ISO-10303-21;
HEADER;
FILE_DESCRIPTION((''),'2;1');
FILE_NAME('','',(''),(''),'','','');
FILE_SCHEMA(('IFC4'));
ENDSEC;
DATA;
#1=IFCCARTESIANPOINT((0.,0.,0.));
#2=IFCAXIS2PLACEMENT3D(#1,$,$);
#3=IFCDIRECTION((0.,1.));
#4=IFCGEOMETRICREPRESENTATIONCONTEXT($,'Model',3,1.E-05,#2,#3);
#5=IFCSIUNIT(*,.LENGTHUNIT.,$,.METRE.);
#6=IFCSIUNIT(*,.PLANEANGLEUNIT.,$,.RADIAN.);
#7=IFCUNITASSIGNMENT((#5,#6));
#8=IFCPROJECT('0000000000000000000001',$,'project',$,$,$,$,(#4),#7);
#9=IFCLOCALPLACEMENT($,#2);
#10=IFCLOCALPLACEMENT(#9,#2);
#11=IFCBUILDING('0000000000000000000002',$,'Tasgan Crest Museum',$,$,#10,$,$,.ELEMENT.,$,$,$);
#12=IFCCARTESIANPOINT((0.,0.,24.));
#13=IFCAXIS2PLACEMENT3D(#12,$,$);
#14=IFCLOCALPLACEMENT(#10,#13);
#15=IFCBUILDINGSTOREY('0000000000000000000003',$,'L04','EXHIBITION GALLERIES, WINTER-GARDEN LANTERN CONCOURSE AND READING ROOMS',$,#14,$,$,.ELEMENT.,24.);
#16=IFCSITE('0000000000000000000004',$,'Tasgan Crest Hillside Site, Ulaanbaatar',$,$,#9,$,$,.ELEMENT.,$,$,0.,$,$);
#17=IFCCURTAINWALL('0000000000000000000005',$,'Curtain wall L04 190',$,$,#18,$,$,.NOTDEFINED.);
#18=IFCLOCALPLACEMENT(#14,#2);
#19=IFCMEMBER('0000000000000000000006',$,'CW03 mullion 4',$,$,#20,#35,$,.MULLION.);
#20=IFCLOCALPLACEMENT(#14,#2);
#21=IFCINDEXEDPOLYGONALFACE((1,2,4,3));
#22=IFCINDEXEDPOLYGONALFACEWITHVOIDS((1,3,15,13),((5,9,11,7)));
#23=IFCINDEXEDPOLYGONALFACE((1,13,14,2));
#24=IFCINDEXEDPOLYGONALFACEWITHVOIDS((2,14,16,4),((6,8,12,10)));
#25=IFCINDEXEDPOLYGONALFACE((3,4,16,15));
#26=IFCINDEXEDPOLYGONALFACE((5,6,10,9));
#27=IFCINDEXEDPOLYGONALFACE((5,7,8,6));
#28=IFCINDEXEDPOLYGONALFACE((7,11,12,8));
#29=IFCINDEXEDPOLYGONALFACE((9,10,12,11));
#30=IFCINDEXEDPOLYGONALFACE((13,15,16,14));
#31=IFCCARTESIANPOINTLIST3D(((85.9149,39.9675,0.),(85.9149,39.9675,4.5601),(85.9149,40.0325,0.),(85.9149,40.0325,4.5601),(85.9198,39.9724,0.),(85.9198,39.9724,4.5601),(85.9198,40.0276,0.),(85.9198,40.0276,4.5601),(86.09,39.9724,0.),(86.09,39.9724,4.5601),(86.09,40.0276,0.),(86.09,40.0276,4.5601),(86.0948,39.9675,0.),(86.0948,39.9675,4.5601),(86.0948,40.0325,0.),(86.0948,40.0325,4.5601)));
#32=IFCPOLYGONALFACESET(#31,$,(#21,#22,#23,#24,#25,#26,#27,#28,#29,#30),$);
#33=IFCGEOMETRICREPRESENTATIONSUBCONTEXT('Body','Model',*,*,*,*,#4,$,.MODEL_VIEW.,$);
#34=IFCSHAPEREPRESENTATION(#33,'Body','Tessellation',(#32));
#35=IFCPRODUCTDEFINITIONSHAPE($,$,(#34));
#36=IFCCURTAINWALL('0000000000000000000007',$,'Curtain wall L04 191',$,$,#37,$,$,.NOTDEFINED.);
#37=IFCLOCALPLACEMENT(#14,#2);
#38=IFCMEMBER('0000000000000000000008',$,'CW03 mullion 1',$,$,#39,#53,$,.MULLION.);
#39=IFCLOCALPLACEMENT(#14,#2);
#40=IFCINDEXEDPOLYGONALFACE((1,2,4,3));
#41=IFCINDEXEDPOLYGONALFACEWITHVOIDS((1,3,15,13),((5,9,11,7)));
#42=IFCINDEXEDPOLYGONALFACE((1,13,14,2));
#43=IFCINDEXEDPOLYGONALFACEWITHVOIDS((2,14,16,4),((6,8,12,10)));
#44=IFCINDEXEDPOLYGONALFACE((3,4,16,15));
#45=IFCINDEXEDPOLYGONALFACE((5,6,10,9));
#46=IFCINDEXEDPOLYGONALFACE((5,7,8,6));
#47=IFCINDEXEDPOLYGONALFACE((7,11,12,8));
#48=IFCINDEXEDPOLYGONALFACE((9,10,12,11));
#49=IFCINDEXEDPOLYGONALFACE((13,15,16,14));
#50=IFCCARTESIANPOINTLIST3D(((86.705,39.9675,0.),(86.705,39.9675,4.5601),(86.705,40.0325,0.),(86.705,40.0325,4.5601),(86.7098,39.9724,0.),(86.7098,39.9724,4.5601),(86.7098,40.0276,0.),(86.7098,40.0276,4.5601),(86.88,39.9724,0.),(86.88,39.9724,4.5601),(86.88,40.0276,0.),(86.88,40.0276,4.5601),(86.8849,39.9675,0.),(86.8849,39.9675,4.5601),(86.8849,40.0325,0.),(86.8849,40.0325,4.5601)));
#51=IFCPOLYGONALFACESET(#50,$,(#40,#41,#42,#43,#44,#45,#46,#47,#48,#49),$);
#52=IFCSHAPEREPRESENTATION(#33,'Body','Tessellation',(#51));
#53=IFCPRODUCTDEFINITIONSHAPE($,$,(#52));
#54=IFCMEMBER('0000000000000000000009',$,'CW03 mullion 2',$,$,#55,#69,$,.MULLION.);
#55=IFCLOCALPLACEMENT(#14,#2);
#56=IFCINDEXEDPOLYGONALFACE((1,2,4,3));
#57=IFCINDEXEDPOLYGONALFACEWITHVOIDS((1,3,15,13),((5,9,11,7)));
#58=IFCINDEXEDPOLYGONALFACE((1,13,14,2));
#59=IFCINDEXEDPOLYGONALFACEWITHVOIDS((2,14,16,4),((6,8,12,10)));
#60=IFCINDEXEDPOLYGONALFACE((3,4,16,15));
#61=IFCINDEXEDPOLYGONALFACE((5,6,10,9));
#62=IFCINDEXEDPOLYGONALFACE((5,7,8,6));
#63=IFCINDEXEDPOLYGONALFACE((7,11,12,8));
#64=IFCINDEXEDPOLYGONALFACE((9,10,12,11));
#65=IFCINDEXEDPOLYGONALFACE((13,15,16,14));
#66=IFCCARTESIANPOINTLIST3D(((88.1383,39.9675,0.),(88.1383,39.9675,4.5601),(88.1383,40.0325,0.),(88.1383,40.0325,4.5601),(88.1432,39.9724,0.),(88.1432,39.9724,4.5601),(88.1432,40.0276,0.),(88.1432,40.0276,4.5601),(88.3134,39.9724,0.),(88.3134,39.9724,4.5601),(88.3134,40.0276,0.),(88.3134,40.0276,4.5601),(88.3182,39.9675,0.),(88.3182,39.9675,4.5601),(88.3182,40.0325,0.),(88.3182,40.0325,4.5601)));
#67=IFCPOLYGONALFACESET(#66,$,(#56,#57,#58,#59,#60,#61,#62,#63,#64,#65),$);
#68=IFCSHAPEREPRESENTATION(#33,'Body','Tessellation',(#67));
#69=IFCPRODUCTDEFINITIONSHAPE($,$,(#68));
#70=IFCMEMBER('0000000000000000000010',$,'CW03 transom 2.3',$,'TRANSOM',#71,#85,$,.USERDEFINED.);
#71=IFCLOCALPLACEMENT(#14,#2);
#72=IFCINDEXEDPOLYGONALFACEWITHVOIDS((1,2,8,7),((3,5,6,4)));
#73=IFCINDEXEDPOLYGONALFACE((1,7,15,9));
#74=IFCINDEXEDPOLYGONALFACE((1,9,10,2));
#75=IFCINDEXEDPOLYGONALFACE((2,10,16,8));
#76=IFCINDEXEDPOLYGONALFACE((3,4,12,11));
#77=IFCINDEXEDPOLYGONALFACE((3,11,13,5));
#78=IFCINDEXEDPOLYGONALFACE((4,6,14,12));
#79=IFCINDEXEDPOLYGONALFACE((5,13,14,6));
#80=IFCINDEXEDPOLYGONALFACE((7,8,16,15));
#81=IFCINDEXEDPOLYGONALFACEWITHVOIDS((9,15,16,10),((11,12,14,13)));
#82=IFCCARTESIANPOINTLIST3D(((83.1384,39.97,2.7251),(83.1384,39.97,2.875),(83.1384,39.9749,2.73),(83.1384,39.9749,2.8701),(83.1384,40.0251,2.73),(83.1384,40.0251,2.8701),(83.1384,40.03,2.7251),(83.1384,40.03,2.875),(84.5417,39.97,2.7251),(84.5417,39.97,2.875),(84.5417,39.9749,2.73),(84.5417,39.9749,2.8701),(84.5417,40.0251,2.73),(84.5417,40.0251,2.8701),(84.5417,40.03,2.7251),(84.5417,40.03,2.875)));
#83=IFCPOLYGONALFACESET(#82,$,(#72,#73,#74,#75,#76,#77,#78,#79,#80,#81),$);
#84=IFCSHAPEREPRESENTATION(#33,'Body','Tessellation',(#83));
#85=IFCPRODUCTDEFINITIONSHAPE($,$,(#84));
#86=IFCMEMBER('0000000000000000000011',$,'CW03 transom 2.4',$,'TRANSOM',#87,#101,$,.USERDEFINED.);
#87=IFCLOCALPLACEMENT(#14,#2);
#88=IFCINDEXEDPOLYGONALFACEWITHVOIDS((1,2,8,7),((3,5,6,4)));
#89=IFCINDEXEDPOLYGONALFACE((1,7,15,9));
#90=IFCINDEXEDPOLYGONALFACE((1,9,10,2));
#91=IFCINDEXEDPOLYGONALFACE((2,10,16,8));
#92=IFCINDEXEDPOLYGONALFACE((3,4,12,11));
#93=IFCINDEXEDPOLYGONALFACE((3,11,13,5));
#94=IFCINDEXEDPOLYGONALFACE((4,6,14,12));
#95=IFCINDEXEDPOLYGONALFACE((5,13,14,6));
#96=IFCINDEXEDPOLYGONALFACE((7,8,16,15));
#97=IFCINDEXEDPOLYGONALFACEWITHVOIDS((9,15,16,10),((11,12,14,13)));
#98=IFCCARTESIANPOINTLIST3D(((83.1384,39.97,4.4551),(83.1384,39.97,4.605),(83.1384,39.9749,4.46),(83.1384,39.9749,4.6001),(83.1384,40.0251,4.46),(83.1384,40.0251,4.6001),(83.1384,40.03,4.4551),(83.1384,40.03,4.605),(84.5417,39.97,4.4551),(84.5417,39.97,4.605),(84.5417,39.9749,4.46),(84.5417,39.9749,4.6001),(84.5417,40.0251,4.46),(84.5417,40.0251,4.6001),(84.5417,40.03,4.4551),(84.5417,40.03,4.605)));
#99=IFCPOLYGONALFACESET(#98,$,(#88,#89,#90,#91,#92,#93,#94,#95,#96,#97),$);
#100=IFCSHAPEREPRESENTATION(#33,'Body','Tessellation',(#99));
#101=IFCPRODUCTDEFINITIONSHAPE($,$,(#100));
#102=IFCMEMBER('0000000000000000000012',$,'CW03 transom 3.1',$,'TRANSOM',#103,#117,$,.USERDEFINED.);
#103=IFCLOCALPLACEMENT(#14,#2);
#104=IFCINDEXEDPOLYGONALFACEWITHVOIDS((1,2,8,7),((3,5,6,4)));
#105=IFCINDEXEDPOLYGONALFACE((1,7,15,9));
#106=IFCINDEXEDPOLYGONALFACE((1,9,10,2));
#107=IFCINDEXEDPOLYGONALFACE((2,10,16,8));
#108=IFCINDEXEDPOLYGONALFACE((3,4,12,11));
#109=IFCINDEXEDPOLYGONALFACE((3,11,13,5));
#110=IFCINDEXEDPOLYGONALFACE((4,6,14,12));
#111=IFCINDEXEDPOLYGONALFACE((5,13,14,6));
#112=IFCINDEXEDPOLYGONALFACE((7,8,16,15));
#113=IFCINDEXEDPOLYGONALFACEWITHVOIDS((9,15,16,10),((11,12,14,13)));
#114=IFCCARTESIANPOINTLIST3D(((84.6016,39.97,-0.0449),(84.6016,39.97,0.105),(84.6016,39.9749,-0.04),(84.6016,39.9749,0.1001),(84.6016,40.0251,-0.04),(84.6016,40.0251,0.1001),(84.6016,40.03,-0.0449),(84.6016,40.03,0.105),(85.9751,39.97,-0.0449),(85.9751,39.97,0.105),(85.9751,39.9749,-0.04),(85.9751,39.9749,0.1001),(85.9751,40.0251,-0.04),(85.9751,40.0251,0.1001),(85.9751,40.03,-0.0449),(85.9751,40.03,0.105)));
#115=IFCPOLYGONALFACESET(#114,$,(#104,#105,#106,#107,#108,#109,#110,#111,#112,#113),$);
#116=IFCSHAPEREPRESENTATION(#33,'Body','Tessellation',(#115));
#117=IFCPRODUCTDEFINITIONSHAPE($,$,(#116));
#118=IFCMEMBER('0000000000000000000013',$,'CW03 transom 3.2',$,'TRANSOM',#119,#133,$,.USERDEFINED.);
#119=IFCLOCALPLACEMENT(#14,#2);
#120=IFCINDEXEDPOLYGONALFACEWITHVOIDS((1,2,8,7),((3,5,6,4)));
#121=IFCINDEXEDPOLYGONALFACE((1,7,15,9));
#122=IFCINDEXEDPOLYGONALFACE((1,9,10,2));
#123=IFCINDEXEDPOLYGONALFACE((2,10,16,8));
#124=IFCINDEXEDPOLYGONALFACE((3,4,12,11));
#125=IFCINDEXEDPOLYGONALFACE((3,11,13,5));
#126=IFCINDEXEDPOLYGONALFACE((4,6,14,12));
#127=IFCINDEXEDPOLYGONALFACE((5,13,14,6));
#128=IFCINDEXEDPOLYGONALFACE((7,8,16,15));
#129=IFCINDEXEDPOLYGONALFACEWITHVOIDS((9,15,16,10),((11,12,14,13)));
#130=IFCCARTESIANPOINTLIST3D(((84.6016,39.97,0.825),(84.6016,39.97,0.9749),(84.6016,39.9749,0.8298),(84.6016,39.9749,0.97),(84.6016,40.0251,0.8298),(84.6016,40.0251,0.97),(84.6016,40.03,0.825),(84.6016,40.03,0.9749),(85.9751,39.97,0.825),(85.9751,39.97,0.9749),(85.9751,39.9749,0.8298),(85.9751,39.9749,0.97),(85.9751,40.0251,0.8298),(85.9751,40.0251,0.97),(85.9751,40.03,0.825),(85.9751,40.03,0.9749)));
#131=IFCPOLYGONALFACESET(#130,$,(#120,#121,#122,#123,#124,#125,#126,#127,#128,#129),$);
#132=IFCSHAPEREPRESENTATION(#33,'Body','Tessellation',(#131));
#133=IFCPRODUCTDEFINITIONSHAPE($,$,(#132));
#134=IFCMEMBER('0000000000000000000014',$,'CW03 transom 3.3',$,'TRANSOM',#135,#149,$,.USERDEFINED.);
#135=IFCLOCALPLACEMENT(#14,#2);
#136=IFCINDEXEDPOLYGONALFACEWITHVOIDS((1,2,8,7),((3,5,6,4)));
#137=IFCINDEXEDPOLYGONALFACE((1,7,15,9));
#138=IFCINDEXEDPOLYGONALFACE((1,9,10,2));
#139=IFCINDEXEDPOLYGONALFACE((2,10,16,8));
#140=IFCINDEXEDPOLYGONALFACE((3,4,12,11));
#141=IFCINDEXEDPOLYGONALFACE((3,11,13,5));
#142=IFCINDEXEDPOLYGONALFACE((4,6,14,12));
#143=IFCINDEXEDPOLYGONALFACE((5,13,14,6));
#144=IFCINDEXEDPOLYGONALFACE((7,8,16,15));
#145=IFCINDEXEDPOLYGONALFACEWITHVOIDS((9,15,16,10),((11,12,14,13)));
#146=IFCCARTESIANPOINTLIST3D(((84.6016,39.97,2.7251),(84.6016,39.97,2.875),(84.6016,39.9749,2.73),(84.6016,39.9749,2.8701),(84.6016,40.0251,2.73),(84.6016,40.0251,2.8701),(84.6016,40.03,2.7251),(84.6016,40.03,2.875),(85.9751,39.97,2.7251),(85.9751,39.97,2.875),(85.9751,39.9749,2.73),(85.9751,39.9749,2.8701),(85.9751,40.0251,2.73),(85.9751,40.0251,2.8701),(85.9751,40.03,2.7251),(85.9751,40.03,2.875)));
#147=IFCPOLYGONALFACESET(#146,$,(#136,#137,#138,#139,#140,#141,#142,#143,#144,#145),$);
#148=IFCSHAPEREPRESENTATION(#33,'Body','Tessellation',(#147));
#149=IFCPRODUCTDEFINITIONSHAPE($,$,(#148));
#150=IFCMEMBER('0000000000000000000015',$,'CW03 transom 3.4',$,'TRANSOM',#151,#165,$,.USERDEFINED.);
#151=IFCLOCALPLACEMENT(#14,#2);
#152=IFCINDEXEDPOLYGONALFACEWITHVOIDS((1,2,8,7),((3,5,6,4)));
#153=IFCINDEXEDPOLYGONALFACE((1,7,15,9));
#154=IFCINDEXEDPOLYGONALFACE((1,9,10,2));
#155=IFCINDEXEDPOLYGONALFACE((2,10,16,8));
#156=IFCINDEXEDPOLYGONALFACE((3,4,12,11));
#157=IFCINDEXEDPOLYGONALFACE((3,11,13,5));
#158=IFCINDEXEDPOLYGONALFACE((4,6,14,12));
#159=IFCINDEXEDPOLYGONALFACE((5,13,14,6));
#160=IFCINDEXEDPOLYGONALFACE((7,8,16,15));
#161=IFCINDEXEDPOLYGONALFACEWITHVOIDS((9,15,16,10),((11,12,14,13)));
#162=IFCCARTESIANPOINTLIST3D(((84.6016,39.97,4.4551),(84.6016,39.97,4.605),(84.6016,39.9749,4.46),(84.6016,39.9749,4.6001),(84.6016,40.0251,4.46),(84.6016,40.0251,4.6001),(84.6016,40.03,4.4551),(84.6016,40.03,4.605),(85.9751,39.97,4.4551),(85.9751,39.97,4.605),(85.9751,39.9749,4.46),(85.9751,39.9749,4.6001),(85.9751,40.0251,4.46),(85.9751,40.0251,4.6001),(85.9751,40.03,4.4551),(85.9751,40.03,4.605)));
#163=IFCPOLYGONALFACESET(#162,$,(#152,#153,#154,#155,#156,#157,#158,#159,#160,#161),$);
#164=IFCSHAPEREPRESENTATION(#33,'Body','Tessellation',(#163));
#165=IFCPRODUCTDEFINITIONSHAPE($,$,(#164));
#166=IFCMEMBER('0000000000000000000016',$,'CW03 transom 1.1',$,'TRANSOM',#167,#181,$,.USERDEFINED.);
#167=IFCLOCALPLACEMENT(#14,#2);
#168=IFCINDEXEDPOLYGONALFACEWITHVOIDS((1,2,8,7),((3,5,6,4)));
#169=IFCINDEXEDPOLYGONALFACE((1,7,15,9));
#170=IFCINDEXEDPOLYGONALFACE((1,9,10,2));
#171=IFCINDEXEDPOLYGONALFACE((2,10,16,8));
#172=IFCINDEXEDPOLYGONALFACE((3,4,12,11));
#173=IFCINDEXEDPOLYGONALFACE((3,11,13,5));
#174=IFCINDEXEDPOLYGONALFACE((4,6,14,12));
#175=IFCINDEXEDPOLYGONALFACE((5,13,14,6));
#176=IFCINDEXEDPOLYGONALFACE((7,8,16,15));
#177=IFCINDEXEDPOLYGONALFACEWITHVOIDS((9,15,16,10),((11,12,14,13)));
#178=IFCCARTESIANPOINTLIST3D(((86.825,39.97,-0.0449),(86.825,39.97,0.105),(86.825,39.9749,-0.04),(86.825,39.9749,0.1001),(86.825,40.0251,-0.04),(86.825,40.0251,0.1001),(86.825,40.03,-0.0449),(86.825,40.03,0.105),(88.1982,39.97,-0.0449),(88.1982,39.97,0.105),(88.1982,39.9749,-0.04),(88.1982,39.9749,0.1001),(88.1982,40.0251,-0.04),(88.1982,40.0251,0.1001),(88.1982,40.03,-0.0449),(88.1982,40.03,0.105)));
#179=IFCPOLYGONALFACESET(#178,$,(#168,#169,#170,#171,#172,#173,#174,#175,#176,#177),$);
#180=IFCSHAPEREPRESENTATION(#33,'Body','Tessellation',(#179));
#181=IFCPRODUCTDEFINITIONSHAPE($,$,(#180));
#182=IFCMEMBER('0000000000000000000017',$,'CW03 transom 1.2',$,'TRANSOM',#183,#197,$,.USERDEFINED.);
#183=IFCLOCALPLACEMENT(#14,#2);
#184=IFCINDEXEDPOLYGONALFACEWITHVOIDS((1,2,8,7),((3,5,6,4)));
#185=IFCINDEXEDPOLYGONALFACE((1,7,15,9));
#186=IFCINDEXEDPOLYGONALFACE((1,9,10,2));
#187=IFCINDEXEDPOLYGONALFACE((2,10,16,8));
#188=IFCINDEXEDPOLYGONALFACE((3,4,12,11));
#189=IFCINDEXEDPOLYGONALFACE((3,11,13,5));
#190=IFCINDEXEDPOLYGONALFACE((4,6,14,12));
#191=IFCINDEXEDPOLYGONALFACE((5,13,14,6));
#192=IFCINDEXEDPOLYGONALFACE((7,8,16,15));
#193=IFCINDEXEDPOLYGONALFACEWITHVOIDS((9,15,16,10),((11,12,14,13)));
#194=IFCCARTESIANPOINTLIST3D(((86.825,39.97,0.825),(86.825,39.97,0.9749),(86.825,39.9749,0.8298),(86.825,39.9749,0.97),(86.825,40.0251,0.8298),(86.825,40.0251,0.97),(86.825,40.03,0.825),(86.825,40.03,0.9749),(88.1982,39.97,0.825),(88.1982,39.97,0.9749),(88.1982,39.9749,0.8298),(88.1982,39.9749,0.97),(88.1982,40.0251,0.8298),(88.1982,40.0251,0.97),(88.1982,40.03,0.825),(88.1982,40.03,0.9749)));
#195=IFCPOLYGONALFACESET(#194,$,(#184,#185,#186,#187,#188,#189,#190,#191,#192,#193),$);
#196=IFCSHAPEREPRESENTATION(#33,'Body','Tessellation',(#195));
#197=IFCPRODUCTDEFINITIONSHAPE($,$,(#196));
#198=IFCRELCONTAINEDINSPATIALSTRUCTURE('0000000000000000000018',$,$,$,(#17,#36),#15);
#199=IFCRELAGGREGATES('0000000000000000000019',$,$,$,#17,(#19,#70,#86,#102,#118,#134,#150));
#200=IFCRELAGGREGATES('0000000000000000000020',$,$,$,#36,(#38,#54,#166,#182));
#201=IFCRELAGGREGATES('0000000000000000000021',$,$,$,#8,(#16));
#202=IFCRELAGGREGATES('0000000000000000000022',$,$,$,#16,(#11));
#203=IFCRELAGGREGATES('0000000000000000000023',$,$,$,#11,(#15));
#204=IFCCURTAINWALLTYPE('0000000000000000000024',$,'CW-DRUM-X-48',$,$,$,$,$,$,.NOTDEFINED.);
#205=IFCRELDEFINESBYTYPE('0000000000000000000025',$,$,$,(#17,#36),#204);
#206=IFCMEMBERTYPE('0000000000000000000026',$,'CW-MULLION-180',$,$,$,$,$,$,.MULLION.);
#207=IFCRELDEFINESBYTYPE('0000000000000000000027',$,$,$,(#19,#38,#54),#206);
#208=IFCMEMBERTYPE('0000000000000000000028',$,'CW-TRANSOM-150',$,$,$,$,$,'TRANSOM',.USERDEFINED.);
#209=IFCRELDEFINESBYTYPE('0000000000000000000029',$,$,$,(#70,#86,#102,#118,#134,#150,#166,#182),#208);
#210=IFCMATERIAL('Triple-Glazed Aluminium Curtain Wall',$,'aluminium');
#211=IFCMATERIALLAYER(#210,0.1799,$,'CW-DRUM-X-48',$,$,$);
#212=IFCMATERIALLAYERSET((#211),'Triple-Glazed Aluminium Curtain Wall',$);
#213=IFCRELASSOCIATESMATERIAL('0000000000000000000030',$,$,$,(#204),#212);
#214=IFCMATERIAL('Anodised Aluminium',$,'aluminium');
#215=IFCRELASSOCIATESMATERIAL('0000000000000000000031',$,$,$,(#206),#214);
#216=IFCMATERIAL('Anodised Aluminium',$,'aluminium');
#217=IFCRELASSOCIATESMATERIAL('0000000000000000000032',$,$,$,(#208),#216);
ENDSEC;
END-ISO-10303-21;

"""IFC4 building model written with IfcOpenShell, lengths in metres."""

from ifc_helpers import new_model, si_unit, direction, frame, origin, origin_2d, place, context, subcontext, project, spatial, hollow_rectangle, extrude, material, layer, layer_set, material_profile, profile_set, type_object, element, aggregate, save


model = new_model("IFC4")

# Units and contexts
model_context = context("Model", 3, precision=1e-05, world=origin(), true_north=direction((0.0, 1.0)))
body_context = subcontext(model_context, "Body", "Model", "MODEL_VIEW")
ifc_project = project(units=[si_unit("LENGTHUNIT", "METRE"), si_unit("PLANEANGLEUNIT", "RADIAN")], contexts=[model_context])

# Site, building, storey
site_placement = place(None, origin())
site = spatial("IfcSite", under=ifc_project, at=site_placement, Name="Tasgan Crest Hillside Site, Ulaanbaatar", CompositionType="ELEMENT", RefElevation=0.0)
building_placement = place(site_placement, origin())
building = spatial("IfcBuilding", under=site, at=building_placement, Name="Tasgan Crest Museum", CompositionType="ELEMENT")
storey_placement = place(building_placement, frame((0.0, 0.0, 24.0)))
storey = spatial("IfcBuildingStorey", under=building, at=storey_placement, Name="L04", Description="EXHIBITION GALLERIES, WINTER-GARDEN LANTERN CONCOURSE AND READING ROOMS", CompositionType="ELEMENT", Elevation=24.0)

# Curtain walls, members
ifc_material_1 = material(Name="Triple-Glazed Aluminium Curtain Wall", Category="aluminium")
ifc_layer_1 = layer(ifc_material_1, 0.1799, Name="CW-DRUM-X-48")
ifc_layer_set_1 = layer_set([ifc_layer_1], Name="Triple-Glazed Aluminium Curtain Wall")
curtain_wall_type = type_object("IfcCurtainWallType", Name="CW-DRUM-X-48", PredefinedType="NOTDEFINED", material=ifc_layer_set_1)
curtain_wall_1_placement = place(storey_placement, origin())
curtain_wall_1 = element("IfcCurtainWall", 1, at=curtain_wall_1_placement, inside=storey, type_object=curtain_wall_type, Name="Curtain wall L04 190", PredefinedType="NOTDEFINED")
ifc_material_2 = material(Name="Anodised Aluminium", Category="aluminium")
ifc_material_profile_1 = material_profile(ifc_material_2, hollow_rectangle(XDim=0.0649, YDim=0.1799, WallThickness=0.0049, at=origin_2d()), Name="ALU MULLION 180x65x5")
ifc_profile_set_1 = profile_set([ifc_material_profile_1], Name="Anodised Aluminium")
member_type_1 = type_object("IfcMemberType", Name="CW-MULLION-180", PredefinedType="MULLION", material=ifc_profile_set_1)
member_1_placement = place(storey_placement, frame((86.0049, 40.0, 0.0), z_axis=(0.0, 0.0, 1.0), x_axis=(0.0, 1.0, 0.0)))
member_1 = element("IfcMember", 2, at=member_1_placement, type_object=member_type_1, Name="CW03 mullion 4", PredefinedType="MULLION", context=body_context, shape_type="SweptSolid", body=[
    extrude(hollow_rectangle(XDim=0.0649, YDim=0.1799, WallThickness=0.0049, at=origin_2d()), origin(), (0.0, 0.0, 1.0), 4.5601),
])
curtain_wall_2_placement = place(storey_placement, origin())
curtain_wall_2 = element("IfcCurtainWall", 3, at=curtain_wall_2_placement, inside=storey, type_object=curtain_wall_type, Name="Curtain wall L04 191", PredefinedType="NOTDEFINED")
member_2_placement = place(storey_placement, frame((86.7949, 40.0, 0.0), z_axis=(0.0, 0.0, 1.0), x_axis=(0.0, 1.0, 0.0)))
member_2 = element("IfcMember", 4, at=member_2_placement, type_object=member_type_1, Name="CW03 mullion 1", PredefinedType="MULLION", context=body_context, shape_type="SweptSolid", body=[
    extrude(hollow_rectangle(XDim=0.0649, YDim=0.1799, WallThickness=0.0049, at=origin_2d()), origin(), (0.0, 0.0, 1.0), 4.5601),
])
member_3_placement = place(storey_placement, frame((88.2283, 40.0, 0.0), z_axis=(0.0, 0.0, 1.0), x_axis=(0.0, 1.0, 0.0)))
member_3 = element("IfcMember", 5, at=member_3_placement, type_object=member_type_1, Name="CW03 mullion 2", PredefinedType="MULLION", context=body_context, shape_type="SweptSolid", body=[
    extrude(hollow_rectangle(XDim=0.0649, YDim=0.1799, WallThickness=0.0049, at=origin_2d()), origin(), (0.0, 0.0, 1.0), 4.5601),
])

# Members
ifc_material_3 = material(Name="Anodised Aluminium", Category="aluminium")
ifc_material_profile_2 = material_profile(ifc_material_3, hollow_rectangle(XDim=0.0601, YDim=0.1499, WallThickness=0.0049, at=origin_2d()), Name="ALU TRANSOM 150x60x5")
ifc_profile_set_2 = profile_set([ifc_material_profile_2], Name="Anodised Aluminium")
member_type_2 = type_object("IfcMemberType", Name="CW-TRANSOM-150", ElementType="TRANSOM", PredefinedType="USERDEFINED", material=ifc_profile_set_2)
member_4_placement = place(storey_placement, frame((83.1384, 40.0, 2.8), z_axis=(1.0, 0.0, 0.0), x_axis=(0.0, 1.0, 0.0)))
member_4 = element("IfcMember", 6, at=member_4_placement, type_object=member_type_2, Name="CW03 transom 2.3", ObjectType="TRANSOM", PredefinedType="USERDEFINED", context=body_context, shape_type="SweptSolid", body=[
    extrude(hollow_rectangle(XDim=0.0601, YDim=0.1499, WallThickness=0.0049, at=origin_2d()), origin(), (0.0, 0.0, 1.0), 1.4033),
])
member_5_placement = place(storey_placement, frame((83.1384, 40.0, 4.53), z_axis=(1.0, 0.0, 0.0), x_axis=(0.0, 1.0, 0.0)))
member_5 = element("IfcMember", 7, at=member_5_placement, type_object=member_type_2, Name="CW03 transom 2.4", ObjectType="TRANSOM", PredefinedType="USERDEFINED", context=body_context, shape_type="SweptSolid", body=[
    extrude(hollow_rectangle(XDim=0.0601, YDim=0.1499, WallThickness=0.0049, at=origin_2d()), origin(), (0.0, 0.0, 1.0), 1.4033),
])
member_6_placement = place(storey_placement, frame((84.6016, 40.0, 0.03), z_axis=(1.0, 0.0, 0.0), x_axis=(0.0, 1.0, 0.0)))
member_6 = element("IfcMember", 8, at=member_6_placement, type_object=member_type_2, Name="CW03 transom 3.1", ObjectType="TRANSOM", PredefinedType="USERDEFINED", context=body_context, shape_type="SweptSolid", body=[
    extrude(hollow_rectangle(XDim=0.0601, YDim=0.1499, WallThickness=0.0049, at=origin_2d()), origin(), (0.0, 0.0, 1.0), 1.3735),
])
member_7_placement = place(storey_placement, frame((84.6016, 40.0, 0.8999), z_axis=(1.0, 0.0, 0.0), x_axis=(0.0, 1.0, 0.0)))
member_7 = element("IfcMember", 9, at=member_7_placement, type_object=member_type_2, Name="CW03 transom 3.2", ObjectType="TRANSOM", PredefinedType="USERDEFINED", context=body_context, shape_type="SweptSolid", body=[
    extrude(hollow_rectangle(XDim=0.0601, YDim=0.1499, WallThickness=0.0049, at=origin_2d()), origin(), (0.0, 0.0, 1.0), 1.3735),
])
member_8_placement = place(storey_placement, frame((84.6016, 40.0, 2.8), z_axis=(1.0, 0.0, 0.0), x_axis=(0.0, 1.0, 0.0)))
member_8 = element("IfcMember", 10, at=member_8_placement, type_object=member_type_2, Name="CW03 transom 3.3", ObjectType="TRANSOM", PredefinedType="USERDEFINED", context=body_context, shape_type="SweptSolid", body=[
    extrude(hollow_rectangle(XDim=0.0601, YDim=0.1499, WallThickness=0.0049, at=origin_2d()), origin(), (0.0, 0.0, 1.0), 1.3735),
])
member_9_placement = place(storey_placement, frame((84.6016, 40.0, 4.53), z_axis=(1.0, 0.0, 0.0), x_axis=(0.0, 1.0, 0.0)))
member_9 = element("IfcMember", 11, at=member_9_placement, type_object=member_type_2, Name="CW03 transom 3.4", ObjectType="TRANSOM", PredefinedType="USERDEFINED", context=body_context, shape_type="SweptSolid", body=[
    extrude(hollow_rectangle(XDim=0.0601, YDim=0.1499, WallThickness=0.0049, at=origin_2d()), origin(), (0.0, 0.0, 1.0), 1.3735),
])
member_10_placement = place(storey_placement, frame((86.825, 40.0, 0.03), z_axis=(1.0, 0.0, 0.0), x_axis=(0.0, 1.0, 0.0)))
member_10 = element("IfcMember", 12, at=member_10_placement, type_object=member_type_2, Name="CW03 transom 1.1", ObjectType="TRANSOM", PredefinedType="USERDEFINED", context=body_context, shape_type="SweptSolid", body=[
    extrude(hollow_rectangle(XDim=0.0601, YDim=0.1499, WallThickness=0.0049, at=origin_2d()), origin(), (0.0, 0.0, 1.0), 1.3733),
])
member_11_placement = place(storey_placement, frame((86.825, 40.0, 0.8999), z_axis=(1.0, 0.0, 0.0), x_axis=(0.0, 1.0, 0.0)))
member_11 = element("IfcMember", 13, at=member_11_placement, type_object=member_type_2, Name="CW03 transom 1.2", ObjectType="TRANSOM", PredefinedType="USERDEFINED", context=body_context, shape_type="SweptSolid", body=[
    extrude(hollow_rectangle(XDim=0.0601, YDim=0.1499, WallThickness=0.0049, at=origin_2d()), origin(), (0.0, 0.0, 1.0), 1.3733),
])

aggregate(curtain_wall_1, [member_1, member_4, member_5, member_6, member_7, member_8, member_9])
aggregate(curtain_wall_2, [member_2, member_3, member_10, member_11])

save(model, "model.ifc")
